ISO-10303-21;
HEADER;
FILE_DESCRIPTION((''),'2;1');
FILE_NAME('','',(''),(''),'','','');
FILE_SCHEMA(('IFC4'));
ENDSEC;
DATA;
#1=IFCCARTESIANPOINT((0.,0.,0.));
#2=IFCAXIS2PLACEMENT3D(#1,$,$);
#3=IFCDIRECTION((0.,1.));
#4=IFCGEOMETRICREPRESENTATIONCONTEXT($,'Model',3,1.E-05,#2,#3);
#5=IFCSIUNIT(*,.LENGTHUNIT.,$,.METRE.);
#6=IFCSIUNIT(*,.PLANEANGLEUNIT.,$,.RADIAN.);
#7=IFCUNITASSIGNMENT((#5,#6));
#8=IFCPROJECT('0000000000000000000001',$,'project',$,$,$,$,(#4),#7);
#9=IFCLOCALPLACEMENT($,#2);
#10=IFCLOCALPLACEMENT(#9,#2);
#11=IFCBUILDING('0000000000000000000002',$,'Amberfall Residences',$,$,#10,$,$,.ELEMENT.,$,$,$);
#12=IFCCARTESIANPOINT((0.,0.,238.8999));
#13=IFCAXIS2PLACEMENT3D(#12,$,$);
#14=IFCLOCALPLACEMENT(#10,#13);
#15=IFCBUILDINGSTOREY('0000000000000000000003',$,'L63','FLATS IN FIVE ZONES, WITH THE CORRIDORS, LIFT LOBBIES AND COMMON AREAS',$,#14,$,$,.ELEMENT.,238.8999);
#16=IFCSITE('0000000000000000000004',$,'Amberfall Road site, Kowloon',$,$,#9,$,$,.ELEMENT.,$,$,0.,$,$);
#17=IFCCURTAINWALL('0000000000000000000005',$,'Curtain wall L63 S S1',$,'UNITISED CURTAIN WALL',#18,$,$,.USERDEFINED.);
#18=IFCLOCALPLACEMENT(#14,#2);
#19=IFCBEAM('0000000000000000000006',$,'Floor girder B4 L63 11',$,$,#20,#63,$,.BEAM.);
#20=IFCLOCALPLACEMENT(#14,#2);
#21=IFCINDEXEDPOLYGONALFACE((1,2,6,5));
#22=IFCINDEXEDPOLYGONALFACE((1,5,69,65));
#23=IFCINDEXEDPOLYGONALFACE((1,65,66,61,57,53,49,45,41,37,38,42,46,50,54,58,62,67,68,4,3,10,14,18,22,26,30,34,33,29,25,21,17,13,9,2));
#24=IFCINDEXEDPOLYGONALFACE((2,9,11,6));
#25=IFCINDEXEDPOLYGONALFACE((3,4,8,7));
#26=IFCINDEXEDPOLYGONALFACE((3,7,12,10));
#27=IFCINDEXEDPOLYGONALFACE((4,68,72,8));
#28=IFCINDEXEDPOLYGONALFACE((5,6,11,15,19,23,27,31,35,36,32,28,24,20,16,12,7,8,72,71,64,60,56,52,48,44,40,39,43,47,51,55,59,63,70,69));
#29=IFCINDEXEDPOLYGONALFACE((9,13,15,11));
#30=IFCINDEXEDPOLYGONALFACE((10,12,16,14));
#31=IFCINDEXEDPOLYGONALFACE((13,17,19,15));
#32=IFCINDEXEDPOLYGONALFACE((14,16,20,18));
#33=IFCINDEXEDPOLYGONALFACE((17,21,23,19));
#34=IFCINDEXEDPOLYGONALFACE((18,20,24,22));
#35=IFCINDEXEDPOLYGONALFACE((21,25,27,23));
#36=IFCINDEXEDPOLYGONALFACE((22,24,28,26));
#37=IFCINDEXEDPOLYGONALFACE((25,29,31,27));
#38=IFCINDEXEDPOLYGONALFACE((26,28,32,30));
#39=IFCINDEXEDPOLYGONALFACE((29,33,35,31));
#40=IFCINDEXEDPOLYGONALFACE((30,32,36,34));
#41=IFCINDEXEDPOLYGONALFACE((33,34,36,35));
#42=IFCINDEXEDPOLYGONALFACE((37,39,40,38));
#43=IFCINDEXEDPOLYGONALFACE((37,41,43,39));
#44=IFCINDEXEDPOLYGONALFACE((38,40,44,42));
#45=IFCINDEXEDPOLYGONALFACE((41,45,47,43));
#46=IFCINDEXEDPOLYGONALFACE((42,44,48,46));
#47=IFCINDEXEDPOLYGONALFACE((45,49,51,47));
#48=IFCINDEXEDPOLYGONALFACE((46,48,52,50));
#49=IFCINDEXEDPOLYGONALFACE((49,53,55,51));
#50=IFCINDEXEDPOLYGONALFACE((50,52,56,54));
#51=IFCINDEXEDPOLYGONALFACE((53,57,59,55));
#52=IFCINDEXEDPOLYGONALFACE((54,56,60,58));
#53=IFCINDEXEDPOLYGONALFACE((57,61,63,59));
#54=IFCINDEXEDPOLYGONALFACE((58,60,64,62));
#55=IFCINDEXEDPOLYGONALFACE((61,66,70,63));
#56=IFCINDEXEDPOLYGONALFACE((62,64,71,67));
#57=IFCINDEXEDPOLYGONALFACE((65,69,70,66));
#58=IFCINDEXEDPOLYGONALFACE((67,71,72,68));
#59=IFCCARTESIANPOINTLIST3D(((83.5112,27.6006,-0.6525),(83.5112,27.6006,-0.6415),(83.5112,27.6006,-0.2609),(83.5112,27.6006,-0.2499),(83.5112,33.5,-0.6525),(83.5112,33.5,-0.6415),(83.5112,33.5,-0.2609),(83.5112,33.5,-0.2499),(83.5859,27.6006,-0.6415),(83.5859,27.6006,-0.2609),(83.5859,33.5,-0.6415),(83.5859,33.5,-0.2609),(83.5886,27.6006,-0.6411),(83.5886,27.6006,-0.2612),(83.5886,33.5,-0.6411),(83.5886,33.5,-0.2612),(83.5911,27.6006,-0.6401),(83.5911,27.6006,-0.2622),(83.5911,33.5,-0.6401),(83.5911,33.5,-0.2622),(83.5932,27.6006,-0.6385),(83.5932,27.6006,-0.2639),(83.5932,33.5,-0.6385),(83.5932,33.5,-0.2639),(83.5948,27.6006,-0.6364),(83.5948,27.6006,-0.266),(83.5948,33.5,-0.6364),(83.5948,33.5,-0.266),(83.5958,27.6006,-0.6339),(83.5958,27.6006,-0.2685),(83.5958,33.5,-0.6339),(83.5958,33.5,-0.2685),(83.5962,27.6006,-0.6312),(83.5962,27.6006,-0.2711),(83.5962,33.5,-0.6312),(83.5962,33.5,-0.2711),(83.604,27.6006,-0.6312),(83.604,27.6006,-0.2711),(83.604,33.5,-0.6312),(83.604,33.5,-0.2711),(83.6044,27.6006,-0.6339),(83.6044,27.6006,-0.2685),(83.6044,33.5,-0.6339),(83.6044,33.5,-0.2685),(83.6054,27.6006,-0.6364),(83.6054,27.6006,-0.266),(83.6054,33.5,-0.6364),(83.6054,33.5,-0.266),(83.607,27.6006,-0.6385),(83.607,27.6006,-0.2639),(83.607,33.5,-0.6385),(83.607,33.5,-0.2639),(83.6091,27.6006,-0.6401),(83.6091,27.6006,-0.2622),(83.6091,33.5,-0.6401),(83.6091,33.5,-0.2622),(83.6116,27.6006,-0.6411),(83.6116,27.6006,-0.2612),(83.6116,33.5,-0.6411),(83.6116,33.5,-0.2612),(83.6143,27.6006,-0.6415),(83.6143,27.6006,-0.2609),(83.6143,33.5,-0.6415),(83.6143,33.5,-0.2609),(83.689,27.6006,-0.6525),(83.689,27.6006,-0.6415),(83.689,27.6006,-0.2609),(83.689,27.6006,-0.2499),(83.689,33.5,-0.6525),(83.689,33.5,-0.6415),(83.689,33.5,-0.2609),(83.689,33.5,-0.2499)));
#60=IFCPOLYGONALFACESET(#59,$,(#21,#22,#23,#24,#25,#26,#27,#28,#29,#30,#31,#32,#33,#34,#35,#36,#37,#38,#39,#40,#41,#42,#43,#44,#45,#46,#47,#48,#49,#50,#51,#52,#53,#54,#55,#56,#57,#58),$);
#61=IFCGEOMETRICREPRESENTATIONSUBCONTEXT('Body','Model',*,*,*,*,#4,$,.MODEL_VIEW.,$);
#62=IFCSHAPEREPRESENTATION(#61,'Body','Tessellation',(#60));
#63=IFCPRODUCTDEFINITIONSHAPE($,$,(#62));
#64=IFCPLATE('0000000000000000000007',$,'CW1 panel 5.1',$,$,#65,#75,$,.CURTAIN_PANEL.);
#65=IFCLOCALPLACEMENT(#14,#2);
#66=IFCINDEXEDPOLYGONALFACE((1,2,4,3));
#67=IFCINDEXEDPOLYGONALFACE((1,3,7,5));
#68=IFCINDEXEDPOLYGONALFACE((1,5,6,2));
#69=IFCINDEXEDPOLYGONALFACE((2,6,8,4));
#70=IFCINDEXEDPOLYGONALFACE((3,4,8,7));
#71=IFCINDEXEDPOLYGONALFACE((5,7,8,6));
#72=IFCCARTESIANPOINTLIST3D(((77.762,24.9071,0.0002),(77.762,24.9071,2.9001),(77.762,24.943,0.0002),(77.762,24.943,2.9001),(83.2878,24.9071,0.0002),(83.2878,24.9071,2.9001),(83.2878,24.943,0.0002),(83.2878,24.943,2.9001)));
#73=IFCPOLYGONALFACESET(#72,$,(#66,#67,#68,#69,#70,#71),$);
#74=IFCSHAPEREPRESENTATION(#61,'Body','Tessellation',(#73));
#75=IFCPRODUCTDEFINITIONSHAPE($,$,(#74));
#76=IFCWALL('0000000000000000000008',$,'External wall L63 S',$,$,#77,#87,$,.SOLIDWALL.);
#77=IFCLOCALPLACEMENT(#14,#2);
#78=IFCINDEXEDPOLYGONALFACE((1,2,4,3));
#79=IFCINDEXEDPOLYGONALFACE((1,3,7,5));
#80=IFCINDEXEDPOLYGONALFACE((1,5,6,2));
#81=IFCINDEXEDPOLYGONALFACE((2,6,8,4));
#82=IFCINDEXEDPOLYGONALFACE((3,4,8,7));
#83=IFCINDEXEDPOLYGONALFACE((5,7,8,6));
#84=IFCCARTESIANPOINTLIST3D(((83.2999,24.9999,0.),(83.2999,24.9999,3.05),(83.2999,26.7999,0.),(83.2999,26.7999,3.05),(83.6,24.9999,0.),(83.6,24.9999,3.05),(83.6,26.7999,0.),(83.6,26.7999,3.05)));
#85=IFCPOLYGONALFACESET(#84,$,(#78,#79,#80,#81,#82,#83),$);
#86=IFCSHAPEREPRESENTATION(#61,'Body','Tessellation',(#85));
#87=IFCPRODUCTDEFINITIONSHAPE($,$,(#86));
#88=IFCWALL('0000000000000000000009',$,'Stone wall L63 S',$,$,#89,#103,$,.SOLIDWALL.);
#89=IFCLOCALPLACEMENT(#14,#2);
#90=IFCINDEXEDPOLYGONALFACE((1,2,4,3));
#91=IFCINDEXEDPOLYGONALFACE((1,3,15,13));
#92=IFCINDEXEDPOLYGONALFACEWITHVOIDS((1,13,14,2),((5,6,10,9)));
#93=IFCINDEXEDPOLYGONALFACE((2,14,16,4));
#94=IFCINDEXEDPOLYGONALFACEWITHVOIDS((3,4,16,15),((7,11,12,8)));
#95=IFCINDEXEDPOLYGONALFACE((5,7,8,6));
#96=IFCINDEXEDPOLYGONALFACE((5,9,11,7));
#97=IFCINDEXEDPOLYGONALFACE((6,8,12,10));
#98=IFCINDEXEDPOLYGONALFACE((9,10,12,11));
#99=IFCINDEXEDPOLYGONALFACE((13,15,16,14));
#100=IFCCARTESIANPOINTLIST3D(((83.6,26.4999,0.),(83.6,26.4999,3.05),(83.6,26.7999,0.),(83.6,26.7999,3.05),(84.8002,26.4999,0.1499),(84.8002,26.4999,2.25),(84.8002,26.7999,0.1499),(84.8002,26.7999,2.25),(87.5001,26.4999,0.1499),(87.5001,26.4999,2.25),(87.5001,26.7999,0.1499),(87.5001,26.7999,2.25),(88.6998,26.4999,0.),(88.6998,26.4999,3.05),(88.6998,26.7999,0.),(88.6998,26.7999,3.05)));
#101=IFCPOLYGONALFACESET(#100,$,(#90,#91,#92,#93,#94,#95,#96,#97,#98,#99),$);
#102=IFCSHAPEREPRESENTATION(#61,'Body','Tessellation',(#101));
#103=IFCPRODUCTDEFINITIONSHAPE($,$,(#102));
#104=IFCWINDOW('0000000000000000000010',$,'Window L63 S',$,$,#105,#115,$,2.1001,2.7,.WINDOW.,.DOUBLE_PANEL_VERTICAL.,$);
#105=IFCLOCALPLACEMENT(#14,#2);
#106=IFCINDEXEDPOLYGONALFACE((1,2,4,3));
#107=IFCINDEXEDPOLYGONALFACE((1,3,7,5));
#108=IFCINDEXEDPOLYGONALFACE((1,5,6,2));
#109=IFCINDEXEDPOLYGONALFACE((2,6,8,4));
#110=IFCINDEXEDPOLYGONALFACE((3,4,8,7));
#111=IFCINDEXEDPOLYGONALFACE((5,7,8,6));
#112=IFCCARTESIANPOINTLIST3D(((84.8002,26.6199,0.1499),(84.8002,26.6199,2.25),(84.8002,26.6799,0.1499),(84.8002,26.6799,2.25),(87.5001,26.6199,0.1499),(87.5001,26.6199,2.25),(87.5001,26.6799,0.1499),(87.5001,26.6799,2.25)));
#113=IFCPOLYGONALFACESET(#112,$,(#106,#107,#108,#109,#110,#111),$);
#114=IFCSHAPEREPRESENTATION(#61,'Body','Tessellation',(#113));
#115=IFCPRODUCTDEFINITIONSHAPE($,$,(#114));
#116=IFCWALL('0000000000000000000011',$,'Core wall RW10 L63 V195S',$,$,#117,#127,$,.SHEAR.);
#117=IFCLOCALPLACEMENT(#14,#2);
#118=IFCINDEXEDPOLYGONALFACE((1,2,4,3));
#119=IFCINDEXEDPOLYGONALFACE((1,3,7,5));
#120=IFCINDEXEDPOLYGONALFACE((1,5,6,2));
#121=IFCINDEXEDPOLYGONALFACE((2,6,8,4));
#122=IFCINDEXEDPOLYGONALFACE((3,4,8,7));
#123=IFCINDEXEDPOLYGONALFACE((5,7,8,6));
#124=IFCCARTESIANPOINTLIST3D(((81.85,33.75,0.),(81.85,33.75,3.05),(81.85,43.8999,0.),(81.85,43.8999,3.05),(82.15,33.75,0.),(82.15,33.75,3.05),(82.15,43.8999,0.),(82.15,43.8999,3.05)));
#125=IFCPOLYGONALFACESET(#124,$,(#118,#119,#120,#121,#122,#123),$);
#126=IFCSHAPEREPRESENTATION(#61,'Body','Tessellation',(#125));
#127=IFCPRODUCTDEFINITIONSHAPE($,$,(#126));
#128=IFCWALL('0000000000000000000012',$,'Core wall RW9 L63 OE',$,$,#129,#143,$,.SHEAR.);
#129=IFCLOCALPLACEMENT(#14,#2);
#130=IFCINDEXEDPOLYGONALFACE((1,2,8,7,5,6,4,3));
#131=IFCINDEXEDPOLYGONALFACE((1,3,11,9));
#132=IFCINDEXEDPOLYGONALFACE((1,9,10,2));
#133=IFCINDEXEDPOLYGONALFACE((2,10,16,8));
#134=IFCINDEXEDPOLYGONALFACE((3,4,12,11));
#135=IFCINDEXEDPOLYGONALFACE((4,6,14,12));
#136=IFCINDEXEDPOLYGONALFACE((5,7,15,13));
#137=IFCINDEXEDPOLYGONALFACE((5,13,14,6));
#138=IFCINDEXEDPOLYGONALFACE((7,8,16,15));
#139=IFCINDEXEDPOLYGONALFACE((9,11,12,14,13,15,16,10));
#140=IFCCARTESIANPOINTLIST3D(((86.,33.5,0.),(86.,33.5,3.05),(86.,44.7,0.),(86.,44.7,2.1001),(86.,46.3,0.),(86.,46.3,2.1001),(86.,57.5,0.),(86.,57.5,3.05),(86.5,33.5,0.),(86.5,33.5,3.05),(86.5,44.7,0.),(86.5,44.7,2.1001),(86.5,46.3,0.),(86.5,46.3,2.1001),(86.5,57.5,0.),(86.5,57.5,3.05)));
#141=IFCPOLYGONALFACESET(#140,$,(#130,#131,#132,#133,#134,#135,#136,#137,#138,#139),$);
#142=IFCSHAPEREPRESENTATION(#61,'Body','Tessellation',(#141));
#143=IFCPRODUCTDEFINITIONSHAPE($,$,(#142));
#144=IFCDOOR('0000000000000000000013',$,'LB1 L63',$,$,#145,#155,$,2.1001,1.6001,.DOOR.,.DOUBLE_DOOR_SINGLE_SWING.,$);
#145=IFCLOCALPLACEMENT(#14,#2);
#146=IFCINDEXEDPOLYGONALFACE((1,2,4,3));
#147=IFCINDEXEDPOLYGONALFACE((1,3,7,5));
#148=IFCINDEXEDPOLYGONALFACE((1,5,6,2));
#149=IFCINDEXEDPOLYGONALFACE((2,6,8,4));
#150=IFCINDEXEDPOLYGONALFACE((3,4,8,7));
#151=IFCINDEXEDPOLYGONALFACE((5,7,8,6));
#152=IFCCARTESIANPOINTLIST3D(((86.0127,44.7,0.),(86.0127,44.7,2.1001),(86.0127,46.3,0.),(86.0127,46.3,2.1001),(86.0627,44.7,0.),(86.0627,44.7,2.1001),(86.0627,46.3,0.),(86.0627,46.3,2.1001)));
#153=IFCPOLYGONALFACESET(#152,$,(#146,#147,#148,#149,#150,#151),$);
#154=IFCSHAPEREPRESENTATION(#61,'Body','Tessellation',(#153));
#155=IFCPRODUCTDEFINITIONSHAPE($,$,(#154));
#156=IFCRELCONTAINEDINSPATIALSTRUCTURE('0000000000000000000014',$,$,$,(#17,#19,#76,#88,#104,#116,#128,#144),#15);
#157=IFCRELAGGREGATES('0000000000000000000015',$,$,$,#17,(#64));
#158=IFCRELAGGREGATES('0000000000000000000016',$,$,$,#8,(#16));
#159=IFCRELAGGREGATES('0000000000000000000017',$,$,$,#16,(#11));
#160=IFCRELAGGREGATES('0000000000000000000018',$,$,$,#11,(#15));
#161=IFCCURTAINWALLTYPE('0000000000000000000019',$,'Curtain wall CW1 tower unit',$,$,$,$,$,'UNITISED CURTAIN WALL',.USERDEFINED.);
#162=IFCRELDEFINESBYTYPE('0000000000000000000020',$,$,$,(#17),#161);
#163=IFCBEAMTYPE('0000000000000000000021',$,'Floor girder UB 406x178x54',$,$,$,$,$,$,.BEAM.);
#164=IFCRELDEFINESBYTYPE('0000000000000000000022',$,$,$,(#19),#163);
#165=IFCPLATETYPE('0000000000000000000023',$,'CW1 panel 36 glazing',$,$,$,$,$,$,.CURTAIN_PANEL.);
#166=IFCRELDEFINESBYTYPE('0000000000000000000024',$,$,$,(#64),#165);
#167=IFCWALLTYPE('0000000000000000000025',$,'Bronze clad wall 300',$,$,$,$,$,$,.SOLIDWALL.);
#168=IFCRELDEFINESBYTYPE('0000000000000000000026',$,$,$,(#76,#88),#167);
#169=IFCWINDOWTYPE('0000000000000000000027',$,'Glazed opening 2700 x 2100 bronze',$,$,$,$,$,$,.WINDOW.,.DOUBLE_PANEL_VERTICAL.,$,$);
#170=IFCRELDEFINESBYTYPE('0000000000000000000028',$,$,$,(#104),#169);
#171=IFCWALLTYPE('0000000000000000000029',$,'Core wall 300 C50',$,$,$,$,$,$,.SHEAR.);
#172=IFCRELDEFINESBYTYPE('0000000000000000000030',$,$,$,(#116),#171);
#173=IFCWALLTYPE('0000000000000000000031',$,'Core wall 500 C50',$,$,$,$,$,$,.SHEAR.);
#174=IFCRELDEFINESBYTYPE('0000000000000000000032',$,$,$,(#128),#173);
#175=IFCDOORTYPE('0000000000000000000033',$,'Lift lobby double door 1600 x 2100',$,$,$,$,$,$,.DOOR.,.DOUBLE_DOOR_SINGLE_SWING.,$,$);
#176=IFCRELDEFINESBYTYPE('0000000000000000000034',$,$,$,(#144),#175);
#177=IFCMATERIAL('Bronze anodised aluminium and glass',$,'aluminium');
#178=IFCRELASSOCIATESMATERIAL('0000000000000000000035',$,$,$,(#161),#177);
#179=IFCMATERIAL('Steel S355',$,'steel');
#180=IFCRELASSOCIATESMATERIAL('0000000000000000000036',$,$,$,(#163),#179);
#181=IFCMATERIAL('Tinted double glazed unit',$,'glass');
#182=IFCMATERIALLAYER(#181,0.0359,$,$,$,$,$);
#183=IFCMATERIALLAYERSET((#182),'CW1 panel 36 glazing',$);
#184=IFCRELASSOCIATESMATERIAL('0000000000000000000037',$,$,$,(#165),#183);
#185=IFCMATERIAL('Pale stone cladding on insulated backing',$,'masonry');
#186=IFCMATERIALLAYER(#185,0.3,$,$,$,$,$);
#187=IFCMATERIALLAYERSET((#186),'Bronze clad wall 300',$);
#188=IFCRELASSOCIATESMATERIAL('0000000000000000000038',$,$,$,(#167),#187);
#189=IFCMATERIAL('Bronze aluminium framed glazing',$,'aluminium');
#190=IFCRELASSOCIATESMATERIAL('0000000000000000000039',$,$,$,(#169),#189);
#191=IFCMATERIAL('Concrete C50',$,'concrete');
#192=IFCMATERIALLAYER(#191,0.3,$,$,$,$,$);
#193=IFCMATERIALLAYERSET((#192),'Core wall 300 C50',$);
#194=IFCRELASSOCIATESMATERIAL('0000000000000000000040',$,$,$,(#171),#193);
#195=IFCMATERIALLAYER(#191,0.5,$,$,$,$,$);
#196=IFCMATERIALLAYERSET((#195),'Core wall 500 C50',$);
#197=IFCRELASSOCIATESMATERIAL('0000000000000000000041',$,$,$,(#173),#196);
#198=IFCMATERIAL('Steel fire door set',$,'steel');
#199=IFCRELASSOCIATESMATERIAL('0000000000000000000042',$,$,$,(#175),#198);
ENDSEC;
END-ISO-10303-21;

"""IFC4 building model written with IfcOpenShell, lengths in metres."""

from ifc_helpers import new_model, si_unit, direction, frame, frame_2d, origin, origin_2d, place, context, subcontext, project, spatial, rectangle, i_section, extrude, material, layer, layer_set, material_profile, profile_set, type_object, element, fill, aggregate, save


model = new_model("IFC4")

# Units and contexts
model_context = context("Model", 3, precision=1e-05, world=origin(), true_north=direction((0.0, 1.0)))
body_context = subcontext(model_context, "Body", "Model", "MODEL_VIEW")
ifc_project = project(units=[si_unit("LENGTHUNIT", "METRE"), si_unit("PLANEANGLEUNIT", "RADIAN")], contexts=[model_context])

# Site, building, storey
site_placement = place(None, origin())
site = spatial("IfcSite", under=ifc_project, at=site_placement, Name="Amberfall Road site, Kowloon", CompositionType="ELEMENT", RefElevation=0.0)
building_placement = place(site_placement, origin())
building = spatial("IfcBuilding", under=site, at=building_placement, Name="Amberfall Residences", CompositionType="ELEMENT")
storey_placement = place(building_placement, frame((0.0, 0.0, 238.8999)))
storey = spatial("IfcBuildingStorey", under=building, at=storey_placement, Name="L63", Description="FLATS IN FIVE ZONES, WITH THE CORRIDORS, LIFT LOBBIES AND COMMON AREAS", CompositionType="ELEMENT", Elevation=238.8999)

# Shared definitions
ifc_material_1 = material(Name="Concrete C50", Category="concrete")

# Shared definitions
ifc_material_2 = material(Name="Steel S355", Category="steel")

# Curtain wall
ifc_material_3 = material(Name="Bronze anodised aluminium and glass", Category="aluminium")
curtain_wall_type = type_object("IfcCurtainWallType", Name="Curtain wall CW1 tower unit", ElementType="UNITISED CURTAIN WALL", PredefinedType="USERDEFINED", material=ifc_material_3)
curtain_wall_placement = place(storey_placement, origin())
curtain_wall = element("IfcCurtainWall", 1, at=curtain_wall_placement, inside=storey, type_object=curtain_wall_type, Name="Curtain wall L63 S S1", ObjectType="UNITISED CURTAIN WALL", PredefinedType="USERDEFINED")

# Beam
ifc_material_profile_1 = material_profile(ifc_material_2, i_section(OverallWidth=0.1777, OverallDepth=0.4026, WebThickness=0.0078, FlangeThickness=0.011, FilletRadius=0.0103, at=origin_2d()), Name="UB 406x178x54")
ifc_profile_set_1 = profile_set([ifc_material_profile_1], Name="Steel S355")
beam_type_1 = type_object("IfcBeamType", Name="Floor girder UB 406x178x54", PredefinedType="BEAM", material=ifc_profile_set_1)
beam_1_placement = place(storey_placement, frame((83.6001, 27.6006, -0.4512), z_axis=(0.0, 1.0, 0.0), x_axis=(-1.0, 0.0, 0.0)))
element("IfcBeam", 2, at=beam_1_placement, inside=storey, type_object=beam_type_1, Name="Floor girder B4 L63 11", PredefinedType="BEAM", context=body_context, shape_type="SweptSolid", body=[
    extrude(i_section(OverallWidth=0.1777, OverallDepth=0.4026, WebThickness=0.0078, FlangeThickness=0.011, FilletRadius=0.0103, at=origin_2d()), origin(), (0.0, 0.0, 1.0), 5.8994),
])

# Plate
ifc_material_4 = material(Name="Tinted double glazed unit", Category="glass")
ifc_layer_1 = layer(ifc_material_4, 0.0359)
ifc_layer_set_1 = layer_set([ifc_layer_1], Name="CW1 panel 36 glazing")
plate_type = type_object("IfcPlateType", Name="CW1 panel 36 glazing", PredefinedType="CURTAIN_PANEL", material=ifc_layer_set_1)
plate_placement = place(storey_placement, frame((80.5249, 24.925, 0.0002), z_axis=(0.0, 0.0, 1.0), x_axis=(1.0, 0.0, 0.0)))
plate = element("IfcPlate", 3, at=plate_placement, type_object=plate_type, Name="CW1 panel 5.1", PredefinedType="CURTAIN_PANEL", context=body_context, shape_type="SweptSolid", body=[
    extrude(rectangle(XDim=5.5259, YDim=0.0359, at=origin_2d()), origin(), (0.0, 0.0, 1.0), 2.8999),
])
aggregate(curtain_wall, [plate])

# Wall
ifc_material_5 = material(Name="Pale stone cladding on insulated backing", Category="masonry")
ifc_layer_2 = layer(ifc_material_5, 0.3)
ifc_layer_set_2 = layer_set([ifc_layer_2], Name="Bronze clad wall 300")
wall_type_1 = type_object("IfcWallType", Name="Bronze clad wall 300", PredefinedType="SOLIDWALL", material=ifc_layer_set_2)
wall_1_placement = place(storey_placement, frame((83.45, 25.0, 0.0), z_axis=(0.0, 0.0, 1.0), x_axis=(0.0, 1.0, 0.0)))
element("IfcWall", 4, at=wall_1_placement, inside=storey, type_object=wall_type_1, Name="External wall L63 S", PredefinedType="SOLIDWALL", context=body_context, shape_type="SweptSolid", body=[
    extrude(rectangle(XDim=1.8, YDim=0.3, at=frame_2d((0.8999, 0.0))), origin(), (0.0, 0.0, 1.0), 3.05),
])

# Wall, opening, window
wall_2_placement = place(storey_placement, frame((83.6001, 26.6499, 0.0), z_axis=(0.0, 0.0, 1.0), x_axis=(1.0, 0.0, 0.0)))
wall_2 = element("IfcWall", 5, at=wall_2_placement, inside=storey, type_object=wall_type_1, Name="Stone wall L63 S", PredefinedType="SOLIDWALL", context=body_context, shape_type="SweptSolid", body=[
    extrude(rectangle(XDim=5.0999, YDim=0.3, at=frame_2d((2.5498, 0.0))), origin(), (0.0, 0.0, 1.0), 3.05),
])
opening_1_placement = place(wall_2_placement, frame((1.2, 0.0, 0.1499)))
opening_1 = element("IfcOpeningElement", 6, at=opening_1_placement, cuts=wall_2, PredefinedType="OPENING", context=body_context, shape_type="SweptSolid", body=[
    extrude(rectangle(XDim=2.7, YDim=2.1001, at=frame_2d((1.3501, 1.05))), frame((0.0, 0.1599, 0.0), z_axis=(0.0, -1.0, 0.0), x_axis=(1.0, 0.0, 0.0)), (0.0, 0.0, 1.0), 0.3201),
])
ifc_material_6 = material(Name="Bronze aluminium framed glazing", Category="aluminium")
window_type = type_object("IfcWindowType", Name="Glazed opening 2700 x 2100 bronze", PartitioningType="DOUBLE_PANEL_VERTICAL", PredefinedType="WINDOW", material=ifc_material_6)
window_placement = place(opening_1_placement, origin())
window = element("IfcWindow", 7, at=window_placement, inside=storey, type_object=window_type, Name="Window L63 S", OverallHeight=2.1001, OverallWidth=2.7, PartitioningType="DOUBLE_PANEL_VERTICAL", PredefinedType="WINDOW", context=body_context, shape_type="SweptSolid", body=[
    extrude(rectangle(XDim=2.7, YDim=2.1001, at=frame_2d((1.3501, 1.05))), frame((0.0, 0.03, 0.0), z_axis=(0.0, -1.0, 0.0), x_axis=(1.0, 0.0, 0.0)), (0.0, 0.0, 1.0), 0.0601),
])
fill(opening_1, window)

# Wall
ifc_layer_3 = layer(ifc_material_1, 0.3)
ifc_layer_set_3 = layer_set([ifc_layer_3], Name="Core wall 300 C50")
wall_type_2 = type_object("IfcWallType", Name="Core wall 300 C50", PredefinedType="SHEAR", material=ifc_layer_set_3)
wall_3_placement = place(storey_placement, frame((82.0, 33.75, 0.0), z_axis=(0.0, 0.0, 1.0), x_axis=(0.0, 1.0, 0.0)))
element("IfcWall", 8, at=wall_3_placement, inside=storey, type_object=wall_type_2, Name="Core wall RW10 L63 V195S", PredefinedType="SHEAR", context=body_context, shape_type="SweptSolid", body=[
    extrude(rectangle(XDim=10.1499, YDim=0.3, at=frame_2d((5.075, 0.0))), origin(), (0.0, 0.0, 1.0), 3.05),
])

# Wall, opening, door
ifc_layer_4 = layer(ifc_material_1, 0.5)
ifc_layer_set_4 = layer_set([ifc_layer_4], Name="Core wall 500 C50")
wall_type_3 = type_object("IfcWallType", Name="Core wall 500 C50", PredefinedType="SHEAR", material=ifc_layer_set_4)
wall_4_placement = place(storey_placement, frame((86.25, 33.5, 0.0), z_axis=(0.0, 0.0, 1.0), x_axis=(0.0, 1.0, 0.0)))
wall_4 = element("IfcWall", 9, at=wall_4_placement, inside=storey, type_object=wall_type_3, Name="Core wall RW9 L63 OE", PredefinedType="SHEAR", context=body_context, shape_type="SweptSolid", body=[
    extrude(rectangle(XDim=24.0, YDim=0.5, at=frame_2d((12.0, 0.0))), origin(), (0.0, 0.0, 1.0), 3.05),
])
opening_2_placement = place(wall_4_placement, frame((11.2, 0.0, 0.0)))
opening_2 = element("IfcOpeningElement", 10, at=opening_2_placement, cuts=wall_4, PredefinedType="OPENING", context=body_context, shape_type="SweptSolid", body=[
    extrude(rectangle(XDim=1.6001, YDim=2.1001, at=frame_2d((0.8, 1.05))), frame((0.0, 0.26, 0.0), z_axis=(0.0, -1.0, 0.0), x_axis=(1.0, 0.0, 0.0)), (0.0, 0.0, 1.0), 0.52),
])
ifc_material_7 = material(Name="Steel fire door set", Category="steel")
door_type_1 = type_object("IfcDoorType", Name="Lift lobby double door 1600 x 2100", OperationType="DOUBLE_DOOR_SINGLE_SWING", PredefinedType="DOOR", material=ifc_material_7)
door_1_placement = place(opening_2_placement, origin())
door_1 = element("IfcDoor", 11, at=door_1_placement, inside=storey, type_object=door_type_1, Name="LB1 L63", OperationType="DOUBLE_DOOR_SINGLE_SWING", OverallHeight=2.1001, OverallWidth=1.6001, PredefinedType="DOOR", context=body_context, shape_type="SweptSolid", body=[
    extrude(rectangle(XDim=1.6001, YDim=2.1001, at=frame_2d((0.8, 1.05))), frame((0.0, 0.2373, 0.0), z_axis=(0.0, -1.0, 0.0), x_axis=(1.0, 0.0, 0.0)), (0.0, 0.0, 1.0), 0.05),
])
fill(opening_2, door_1)

save(model, "model.ifc")
